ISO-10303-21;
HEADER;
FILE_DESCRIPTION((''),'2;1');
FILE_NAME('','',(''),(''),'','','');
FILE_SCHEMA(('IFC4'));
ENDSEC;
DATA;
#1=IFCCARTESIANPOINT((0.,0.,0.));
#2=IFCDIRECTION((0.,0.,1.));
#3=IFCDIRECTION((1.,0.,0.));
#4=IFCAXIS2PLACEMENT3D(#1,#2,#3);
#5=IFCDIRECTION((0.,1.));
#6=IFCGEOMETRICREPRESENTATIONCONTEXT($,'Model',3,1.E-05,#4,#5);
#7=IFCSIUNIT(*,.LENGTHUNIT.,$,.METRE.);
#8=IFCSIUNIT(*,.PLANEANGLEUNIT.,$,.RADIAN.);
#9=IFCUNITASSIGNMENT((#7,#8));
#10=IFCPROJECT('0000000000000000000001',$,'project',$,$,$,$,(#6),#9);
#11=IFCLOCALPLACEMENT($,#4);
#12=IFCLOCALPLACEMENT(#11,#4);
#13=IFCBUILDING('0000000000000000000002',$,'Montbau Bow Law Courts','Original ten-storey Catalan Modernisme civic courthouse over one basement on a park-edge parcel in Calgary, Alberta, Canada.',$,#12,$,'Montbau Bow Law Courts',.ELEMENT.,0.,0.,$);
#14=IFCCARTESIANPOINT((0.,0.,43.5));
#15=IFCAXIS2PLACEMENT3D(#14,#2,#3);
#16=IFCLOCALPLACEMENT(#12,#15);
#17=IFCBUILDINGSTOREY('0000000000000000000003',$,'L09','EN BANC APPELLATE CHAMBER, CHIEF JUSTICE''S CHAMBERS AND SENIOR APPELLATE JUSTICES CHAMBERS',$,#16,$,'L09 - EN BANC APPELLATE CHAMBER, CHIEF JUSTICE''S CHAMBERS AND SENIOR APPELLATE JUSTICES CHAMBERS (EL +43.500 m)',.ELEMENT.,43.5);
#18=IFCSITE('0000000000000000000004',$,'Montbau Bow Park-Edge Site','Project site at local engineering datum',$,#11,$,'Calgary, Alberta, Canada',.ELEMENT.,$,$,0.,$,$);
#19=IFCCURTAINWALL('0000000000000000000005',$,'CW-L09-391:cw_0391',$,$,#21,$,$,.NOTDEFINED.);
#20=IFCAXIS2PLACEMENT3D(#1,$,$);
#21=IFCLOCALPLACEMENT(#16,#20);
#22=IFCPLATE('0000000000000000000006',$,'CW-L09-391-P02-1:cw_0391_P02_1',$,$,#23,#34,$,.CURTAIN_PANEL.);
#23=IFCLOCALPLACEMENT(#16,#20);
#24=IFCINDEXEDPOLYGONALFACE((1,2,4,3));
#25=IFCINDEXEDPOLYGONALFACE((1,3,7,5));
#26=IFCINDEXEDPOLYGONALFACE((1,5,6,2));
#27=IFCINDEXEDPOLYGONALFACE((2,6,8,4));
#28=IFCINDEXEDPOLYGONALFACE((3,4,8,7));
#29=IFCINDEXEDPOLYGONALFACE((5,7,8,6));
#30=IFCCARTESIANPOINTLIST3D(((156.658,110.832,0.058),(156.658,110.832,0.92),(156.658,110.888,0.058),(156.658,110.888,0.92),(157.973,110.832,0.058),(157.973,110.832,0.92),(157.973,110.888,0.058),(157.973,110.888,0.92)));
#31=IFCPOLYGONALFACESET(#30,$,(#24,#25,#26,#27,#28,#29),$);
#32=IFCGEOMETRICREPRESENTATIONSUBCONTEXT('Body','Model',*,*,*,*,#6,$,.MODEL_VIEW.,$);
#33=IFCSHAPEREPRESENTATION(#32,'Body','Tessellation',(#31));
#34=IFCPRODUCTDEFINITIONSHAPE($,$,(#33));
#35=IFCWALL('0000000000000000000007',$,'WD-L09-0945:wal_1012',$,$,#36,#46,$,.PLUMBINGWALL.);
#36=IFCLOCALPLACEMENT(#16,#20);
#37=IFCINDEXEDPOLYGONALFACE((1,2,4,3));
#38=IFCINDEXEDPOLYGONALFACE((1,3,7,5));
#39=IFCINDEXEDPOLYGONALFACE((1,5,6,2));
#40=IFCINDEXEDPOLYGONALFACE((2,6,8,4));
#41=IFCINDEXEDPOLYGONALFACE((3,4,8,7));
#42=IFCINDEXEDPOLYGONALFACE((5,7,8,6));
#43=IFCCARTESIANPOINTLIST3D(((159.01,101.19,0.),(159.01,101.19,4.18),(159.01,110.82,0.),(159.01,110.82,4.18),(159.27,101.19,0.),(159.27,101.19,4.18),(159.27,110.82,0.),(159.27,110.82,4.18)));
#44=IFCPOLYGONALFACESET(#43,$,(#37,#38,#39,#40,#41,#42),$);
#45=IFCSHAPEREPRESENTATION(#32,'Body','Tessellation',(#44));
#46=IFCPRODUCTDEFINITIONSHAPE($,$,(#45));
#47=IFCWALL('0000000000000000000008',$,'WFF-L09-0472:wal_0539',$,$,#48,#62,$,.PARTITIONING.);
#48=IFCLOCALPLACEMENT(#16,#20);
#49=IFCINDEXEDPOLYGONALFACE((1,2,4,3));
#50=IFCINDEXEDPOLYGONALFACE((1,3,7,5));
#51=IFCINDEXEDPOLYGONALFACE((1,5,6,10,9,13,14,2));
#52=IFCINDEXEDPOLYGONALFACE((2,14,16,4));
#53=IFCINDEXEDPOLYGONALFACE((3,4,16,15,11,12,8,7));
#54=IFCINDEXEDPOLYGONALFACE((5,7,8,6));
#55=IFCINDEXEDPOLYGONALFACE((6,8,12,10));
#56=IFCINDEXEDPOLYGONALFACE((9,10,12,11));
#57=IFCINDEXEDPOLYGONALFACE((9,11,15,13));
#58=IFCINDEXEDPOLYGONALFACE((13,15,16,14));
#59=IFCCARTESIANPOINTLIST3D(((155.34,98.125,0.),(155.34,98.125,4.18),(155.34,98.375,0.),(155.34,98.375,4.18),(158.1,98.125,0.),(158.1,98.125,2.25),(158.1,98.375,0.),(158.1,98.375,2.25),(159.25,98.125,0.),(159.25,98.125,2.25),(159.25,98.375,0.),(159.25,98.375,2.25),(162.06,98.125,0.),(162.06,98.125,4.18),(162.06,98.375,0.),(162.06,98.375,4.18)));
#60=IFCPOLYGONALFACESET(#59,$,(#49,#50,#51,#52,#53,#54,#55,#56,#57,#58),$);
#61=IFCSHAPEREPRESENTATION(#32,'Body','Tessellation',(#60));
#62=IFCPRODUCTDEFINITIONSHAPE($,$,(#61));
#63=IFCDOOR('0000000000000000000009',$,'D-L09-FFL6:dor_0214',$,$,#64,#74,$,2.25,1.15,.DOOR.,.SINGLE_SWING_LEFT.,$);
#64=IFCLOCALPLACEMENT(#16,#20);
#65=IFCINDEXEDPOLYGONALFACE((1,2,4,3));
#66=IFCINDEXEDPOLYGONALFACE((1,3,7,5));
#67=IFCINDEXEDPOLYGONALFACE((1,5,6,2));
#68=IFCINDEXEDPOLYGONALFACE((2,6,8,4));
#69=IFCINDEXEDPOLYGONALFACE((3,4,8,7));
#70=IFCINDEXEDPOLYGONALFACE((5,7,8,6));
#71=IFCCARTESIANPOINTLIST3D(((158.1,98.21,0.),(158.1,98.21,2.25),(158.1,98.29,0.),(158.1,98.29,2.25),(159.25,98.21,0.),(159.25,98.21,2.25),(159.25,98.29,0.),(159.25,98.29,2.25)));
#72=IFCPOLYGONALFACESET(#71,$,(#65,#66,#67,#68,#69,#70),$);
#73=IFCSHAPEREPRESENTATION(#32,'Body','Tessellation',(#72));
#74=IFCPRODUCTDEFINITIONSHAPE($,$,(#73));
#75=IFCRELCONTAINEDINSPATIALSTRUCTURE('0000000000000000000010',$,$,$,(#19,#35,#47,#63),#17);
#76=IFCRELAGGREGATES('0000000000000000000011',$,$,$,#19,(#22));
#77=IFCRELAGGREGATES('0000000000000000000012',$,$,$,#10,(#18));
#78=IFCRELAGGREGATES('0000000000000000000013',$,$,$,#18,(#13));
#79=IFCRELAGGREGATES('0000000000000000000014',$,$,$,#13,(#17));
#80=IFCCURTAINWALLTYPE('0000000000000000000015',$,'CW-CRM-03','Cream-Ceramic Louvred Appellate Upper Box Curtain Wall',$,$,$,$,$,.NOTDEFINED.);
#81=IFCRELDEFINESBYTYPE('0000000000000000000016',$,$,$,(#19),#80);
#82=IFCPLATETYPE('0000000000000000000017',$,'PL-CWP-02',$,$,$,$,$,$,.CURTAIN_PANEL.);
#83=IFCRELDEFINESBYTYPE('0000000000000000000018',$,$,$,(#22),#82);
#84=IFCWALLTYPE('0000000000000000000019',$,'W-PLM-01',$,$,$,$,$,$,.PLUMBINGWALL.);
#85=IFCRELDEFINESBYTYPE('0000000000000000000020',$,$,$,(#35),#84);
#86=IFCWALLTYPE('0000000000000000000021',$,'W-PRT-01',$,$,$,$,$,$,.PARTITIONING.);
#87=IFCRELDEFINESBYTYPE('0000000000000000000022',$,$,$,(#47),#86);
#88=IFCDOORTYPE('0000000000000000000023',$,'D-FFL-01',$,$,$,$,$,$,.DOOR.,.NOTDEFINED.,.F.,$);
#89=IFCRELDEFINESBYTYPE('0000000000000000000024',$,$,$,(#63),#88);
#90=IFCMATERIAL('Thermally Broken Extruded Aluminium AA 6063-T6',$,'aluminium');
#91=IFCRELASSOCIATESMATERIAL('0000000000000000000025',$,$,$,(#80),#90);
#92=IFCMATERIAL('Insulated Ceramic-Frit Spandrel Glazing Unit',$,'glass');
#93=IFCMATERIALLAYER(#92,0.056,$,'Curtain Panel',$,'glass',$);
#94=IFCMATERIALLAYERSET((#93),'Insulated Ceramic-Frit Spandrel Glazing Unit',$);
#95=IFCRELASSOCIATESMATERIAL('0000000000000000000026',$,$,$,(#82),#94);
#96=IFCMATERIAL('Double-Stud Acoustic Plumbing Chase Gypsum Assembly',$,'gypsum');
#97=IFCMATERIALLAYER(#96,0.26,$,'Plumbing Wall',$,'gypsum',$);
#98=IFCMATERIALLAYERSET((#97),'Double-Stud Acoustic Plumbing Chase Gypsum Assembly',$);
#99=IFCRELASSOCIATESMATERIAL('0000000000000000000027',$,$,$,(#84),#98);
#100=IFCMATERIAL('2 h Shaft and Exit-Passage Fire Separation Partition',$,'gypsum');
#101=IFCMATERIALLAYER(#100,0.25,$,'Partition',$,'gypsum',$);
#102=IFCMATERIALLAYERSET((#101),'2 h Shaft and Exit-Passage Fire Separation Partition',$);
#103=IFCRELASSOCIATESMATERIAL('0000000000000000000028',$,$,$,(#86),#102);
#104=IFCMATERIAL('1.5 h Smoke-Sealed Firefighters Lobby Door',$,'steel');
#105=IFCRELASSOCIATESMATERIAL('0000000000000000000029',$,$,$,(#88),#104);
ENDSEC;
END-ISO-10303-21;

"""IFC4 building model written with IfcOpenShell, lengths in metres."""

from ifc_helpers import new_model, si_unit, direction, frame, frame_2d, origin_with_axes, place, context, subcontext, project, spatial, rectangle, extrude, material, layer, layer_set, type_object, element, fill, aggregate, save


model = new_model("IFC4")

# Units and contexts
model_context = context("Model", 3, precision=1e-05, world=origin_with_axes(), true_north=direction((0.0, 1.0)))
body_context = subcontext(model_context, "Body", "Model", "MODEL_VIEW")
ifc_project = project(units=[si_unit("LENGTHUNIT", "METRE"), si_unit("PLANEANGLEUNIT", "RADIAN")], contexts=[model_context])

# Site, building, storey
site_placement = place(None, origin_with_axes())
site = spatial("IfcSite", under=ifc_project, at=site_placement, Name="Montbau Bow Park-Edge Site", Description="Project site at local engineering datum", LongName="Calgary, Alberta, Canada", CompositionType="ELEMENT", RefElevation=0.0)
building_placement = place(site_placement, origin_with_axes())
building = spatial("IfcBuilding", under=site, at=building_placement, Name="Montbau Bow Law Courts", Description="Original ten-storey Catalan Modernisme civic courthouse over one basement on a park-edge parcel in Calgary, Alberta, Canada.", LongName="Montbau Bow Law Courts", CompositionType="ELEMENT", ElevationOfRefHeight=0.0, ElevationOfTerrain=0.0)
storey_placement = place(building_placement, frame((0.0, 0.0, 43.5), z_axis=(0.0, 0.0, 1.0), x_axis=(1.0, 0.0, 0.0)))
storey = spatial("IfcBuildingStorey", under=building, at=storey_placement, Name="L09", Description="EN BANC APPELLATE CHAMBER, CHIEF JUSTICE'S CHAMBERS AND SENIOR APPELLATE JUSTICES CHAMBERS", LongName="L09 - EN BANC APPELLATE CHAMBER, CHIEF JUSTICE'S CHAMBERS AND SENIOR APPELLATE JUSTICES CHAMBERS (EL +43.500 m)", CompositionType="ELEMENT", Elevation=43.5)

# Curtain wall, plate
ifc_material_1 = material(Name="Thermally Broken Extruded Aluminium AA 6063-T6", Category="aluminium")
curtain_wall_type = type_object("IfcCurtainWallType", Name="CW-CRM-03", Description="Cream-Ceramic Louvred Appellate Upper Box Curtain Wall", PredefinedType="NOTDEFINED", material=ifc_material_1)
curtain_wall_placement = place(None, frame((155.24, 110.86, 43.5), z_axis=(0.0, 0.0, 1.0), x_axis=(1.0, 0.0, 0.0)))
curtain_wall = element("IfcCurtainWall", 1, at=curtain_wall_placement, inside=storey, type_object=curtain_wall_type, Name="CW-L09-391:cw_0391", PredefinedType="NOTDEFINED")
ifc_material_2 = material(Name="Insulated Ceramic-Frit Spandrel Glazing Unit", Category="glass")
ifc_layer_1 = layer(ifc_material_2, 0.056, Name="Curtain Panel", Category="glass")
ifc_layer_set_1 = layer_set([ifc_layer_1], Name="Insulated Ceramic-Frit Spandrel Glazing Unit")
plate_type_1 = type_object("IfcPlateType", Name="PL-CWP-02", PredefinedType="CURTAIN_PANEL", material=ifc_layer_set_1)
plate_1_placement = place(None, frame((156.658, 110.86, 43.558), z_axis=(0.0, -1.0, 0.0), x_axis=(1.0, 0.0, 0.0)))
plate_1 = element("IfcPlate", 2, at=plate_1_placement, type_object=plate_type_1, Name="CW-L09-391-P02-1:cw_0391_P02_1", PredefinedType="CURTAIN_PANEL", context=body_context, shape_type="SweptSolid", body=[
    extrude(rectangle(XDim=1.315, YDim=0.862, at=frame_2d((0.6575, 0.431), x_axis=(1.0, 0.0))), frame((0.0, 0.0, -0.028), z_axis=(0.0, 0.0, 1.0), x_axis=(1.0, 0.0, 0.0)), (0.0, 0.0, 1.0), 0.056),
])
aggregate(curtain_wall, [plate_1])

# Wall
ifc_material_3 = material(Name="Double-Stud Acoustic Plumbing Chase Gypsum Assembly", Category="gypsum")
ifc_layer_2 = layer(ifc_material_3, 0.26, Name="Plumbing Wall", Category="gypsum")
ifc_layer_set_2 = layer_set([ifc_layer_2], Name="Double-Stud Acoustic Plumbing Chase Gypsum Assembly")
wall_type_1 = type_object("IfcWallType", Name="W-PLM-01", PredefinedType="PLUMBINGWALL", material=ifc_layer_set_2)
wall_1_placement = place(None, frame((159.14, 101.19, 43.5), z_axis=(0.0, 0.0, 1.0), x_axis=(0.0, 1.0, 0.0)))
element("IfcWall", 3, at=wall_1_placement, inside=storey, type_object=wall_type_1, Name="WD-L09-0945:wal_1012", PredefinedType="PLUMBINGWALL", context=body_context, shape_type="SweptSolid", body=[
    extrude(rectangle(XDim=9.63, YDim=0.26, at=frame_2d((4.815, 0.0), x_axis=(1.0, 0.0))), origin_with_axes(), (0.0, 0.0, 1.0), 4.18),
])

# Wall, opening, door
ifc_material_4 = material(Name="2 h Shaft and Exit-Passage Fire Separation Partition", Category="gypsum")
ifc_layer_3 = layer(ifc_material_4, 0.25, Name="Partition", Category="gypsum")
ifc_layer_set_3 = layer_set([ifc_layer_3], Name="2 h Shaft and Exit-Passage Fire Separation Partition")
wall_type_2 = type_object("IfcWallType", Name="W-PRT-01", PredefinedType="PARTITIONING", material=ifc_layer_set_3)
wall_2_placement = place(None, frame((162.06, 98.25, 43.5), z_axis=(0.0, 0.0, 1.0), x_axis=(-1.0, 0.0, 0.0)))
wall_2 = element("IfcWall", 4, at=wall_2_placement, inside=storey, type_object=wall_type_2, Name="WFF-L09-0472:wal_0539", PredefinedType="PARTITIONING", context=body_context, shape_type="SweptSolid", body=[
    extrude(rectangle(XDim=6.72, YDim=0.25, at=frame_2d((3.36, 0.0), x_axis=(1.0, 0.0))), origin_with_axes(), (0.0, 0.0, 1.0), 4.18),
])
opening_placement = place(None, frame((158.675, 98.25, 43.5), z_axis=(0.0, 0.0, 1.0), x_axis=(-1.0, 0.0, 0.0)))
opening = element("IfcOpeningElement", 5, at=opening_placement, cuts=wall_2, PredefinedType="OPENING", context=body_context, shape_type="SweptSolid", body=[
    extrude(rectangle(XDim=1.15, YDim=2.25, at=frame_2d((0.0, 1.125), x_axis=(1.0, 0.0))), frame((0.0, 0.135, 0.0), z_axis=(0.0, -1.0, 0.0), x_axis=(1.0, 0.0, 0.0)), (0.0, 0.0, 1.0), 0.27),
])
ifc_material_5 = material(Name="1.5 h Smoke-Sealed Firefighters Lobby Door", Category="steel")
door_type = type_object("IfcDoorType", Name="D-FFL-01", OperationType="NOTDEFINED", ParameterTakesPrecedence=False, PredefinedType="DOOR", material=ifc_material_5)
door_placement = place(None, frame((158.675, 98.25, 43.5), z_axis=(0.0, 0.0, 1.0), x_axis=(1.0, 0.0, 0.0)))
door = element("IfcDoor", 6, at=door_placement, inside=storey, type_object=door_type, Name="D-L09-FFL6:dor_0214", OperationType="SINGLE_SWING_LEFT", OverallHeight=2.25, OverallWidth=1.15, PredefinedType="DOOR", context=body_context, shape_type="SweptSolid", body=[
    extrude(rectangle(XDim=1.15, YDim=2.25, at=frame_2d((0.0, 1.125), x_axis=(1.0, 0.0))), frame((0.0, 0.04, 0.0), z_axis=(0.0, -1.0, 0.0), x_axis=(1.0, 0.0, 0.0)), (0.0, 0.0, 1.0), 0.08),
])
fill(opening, door)

save(model, "model.ifc")
